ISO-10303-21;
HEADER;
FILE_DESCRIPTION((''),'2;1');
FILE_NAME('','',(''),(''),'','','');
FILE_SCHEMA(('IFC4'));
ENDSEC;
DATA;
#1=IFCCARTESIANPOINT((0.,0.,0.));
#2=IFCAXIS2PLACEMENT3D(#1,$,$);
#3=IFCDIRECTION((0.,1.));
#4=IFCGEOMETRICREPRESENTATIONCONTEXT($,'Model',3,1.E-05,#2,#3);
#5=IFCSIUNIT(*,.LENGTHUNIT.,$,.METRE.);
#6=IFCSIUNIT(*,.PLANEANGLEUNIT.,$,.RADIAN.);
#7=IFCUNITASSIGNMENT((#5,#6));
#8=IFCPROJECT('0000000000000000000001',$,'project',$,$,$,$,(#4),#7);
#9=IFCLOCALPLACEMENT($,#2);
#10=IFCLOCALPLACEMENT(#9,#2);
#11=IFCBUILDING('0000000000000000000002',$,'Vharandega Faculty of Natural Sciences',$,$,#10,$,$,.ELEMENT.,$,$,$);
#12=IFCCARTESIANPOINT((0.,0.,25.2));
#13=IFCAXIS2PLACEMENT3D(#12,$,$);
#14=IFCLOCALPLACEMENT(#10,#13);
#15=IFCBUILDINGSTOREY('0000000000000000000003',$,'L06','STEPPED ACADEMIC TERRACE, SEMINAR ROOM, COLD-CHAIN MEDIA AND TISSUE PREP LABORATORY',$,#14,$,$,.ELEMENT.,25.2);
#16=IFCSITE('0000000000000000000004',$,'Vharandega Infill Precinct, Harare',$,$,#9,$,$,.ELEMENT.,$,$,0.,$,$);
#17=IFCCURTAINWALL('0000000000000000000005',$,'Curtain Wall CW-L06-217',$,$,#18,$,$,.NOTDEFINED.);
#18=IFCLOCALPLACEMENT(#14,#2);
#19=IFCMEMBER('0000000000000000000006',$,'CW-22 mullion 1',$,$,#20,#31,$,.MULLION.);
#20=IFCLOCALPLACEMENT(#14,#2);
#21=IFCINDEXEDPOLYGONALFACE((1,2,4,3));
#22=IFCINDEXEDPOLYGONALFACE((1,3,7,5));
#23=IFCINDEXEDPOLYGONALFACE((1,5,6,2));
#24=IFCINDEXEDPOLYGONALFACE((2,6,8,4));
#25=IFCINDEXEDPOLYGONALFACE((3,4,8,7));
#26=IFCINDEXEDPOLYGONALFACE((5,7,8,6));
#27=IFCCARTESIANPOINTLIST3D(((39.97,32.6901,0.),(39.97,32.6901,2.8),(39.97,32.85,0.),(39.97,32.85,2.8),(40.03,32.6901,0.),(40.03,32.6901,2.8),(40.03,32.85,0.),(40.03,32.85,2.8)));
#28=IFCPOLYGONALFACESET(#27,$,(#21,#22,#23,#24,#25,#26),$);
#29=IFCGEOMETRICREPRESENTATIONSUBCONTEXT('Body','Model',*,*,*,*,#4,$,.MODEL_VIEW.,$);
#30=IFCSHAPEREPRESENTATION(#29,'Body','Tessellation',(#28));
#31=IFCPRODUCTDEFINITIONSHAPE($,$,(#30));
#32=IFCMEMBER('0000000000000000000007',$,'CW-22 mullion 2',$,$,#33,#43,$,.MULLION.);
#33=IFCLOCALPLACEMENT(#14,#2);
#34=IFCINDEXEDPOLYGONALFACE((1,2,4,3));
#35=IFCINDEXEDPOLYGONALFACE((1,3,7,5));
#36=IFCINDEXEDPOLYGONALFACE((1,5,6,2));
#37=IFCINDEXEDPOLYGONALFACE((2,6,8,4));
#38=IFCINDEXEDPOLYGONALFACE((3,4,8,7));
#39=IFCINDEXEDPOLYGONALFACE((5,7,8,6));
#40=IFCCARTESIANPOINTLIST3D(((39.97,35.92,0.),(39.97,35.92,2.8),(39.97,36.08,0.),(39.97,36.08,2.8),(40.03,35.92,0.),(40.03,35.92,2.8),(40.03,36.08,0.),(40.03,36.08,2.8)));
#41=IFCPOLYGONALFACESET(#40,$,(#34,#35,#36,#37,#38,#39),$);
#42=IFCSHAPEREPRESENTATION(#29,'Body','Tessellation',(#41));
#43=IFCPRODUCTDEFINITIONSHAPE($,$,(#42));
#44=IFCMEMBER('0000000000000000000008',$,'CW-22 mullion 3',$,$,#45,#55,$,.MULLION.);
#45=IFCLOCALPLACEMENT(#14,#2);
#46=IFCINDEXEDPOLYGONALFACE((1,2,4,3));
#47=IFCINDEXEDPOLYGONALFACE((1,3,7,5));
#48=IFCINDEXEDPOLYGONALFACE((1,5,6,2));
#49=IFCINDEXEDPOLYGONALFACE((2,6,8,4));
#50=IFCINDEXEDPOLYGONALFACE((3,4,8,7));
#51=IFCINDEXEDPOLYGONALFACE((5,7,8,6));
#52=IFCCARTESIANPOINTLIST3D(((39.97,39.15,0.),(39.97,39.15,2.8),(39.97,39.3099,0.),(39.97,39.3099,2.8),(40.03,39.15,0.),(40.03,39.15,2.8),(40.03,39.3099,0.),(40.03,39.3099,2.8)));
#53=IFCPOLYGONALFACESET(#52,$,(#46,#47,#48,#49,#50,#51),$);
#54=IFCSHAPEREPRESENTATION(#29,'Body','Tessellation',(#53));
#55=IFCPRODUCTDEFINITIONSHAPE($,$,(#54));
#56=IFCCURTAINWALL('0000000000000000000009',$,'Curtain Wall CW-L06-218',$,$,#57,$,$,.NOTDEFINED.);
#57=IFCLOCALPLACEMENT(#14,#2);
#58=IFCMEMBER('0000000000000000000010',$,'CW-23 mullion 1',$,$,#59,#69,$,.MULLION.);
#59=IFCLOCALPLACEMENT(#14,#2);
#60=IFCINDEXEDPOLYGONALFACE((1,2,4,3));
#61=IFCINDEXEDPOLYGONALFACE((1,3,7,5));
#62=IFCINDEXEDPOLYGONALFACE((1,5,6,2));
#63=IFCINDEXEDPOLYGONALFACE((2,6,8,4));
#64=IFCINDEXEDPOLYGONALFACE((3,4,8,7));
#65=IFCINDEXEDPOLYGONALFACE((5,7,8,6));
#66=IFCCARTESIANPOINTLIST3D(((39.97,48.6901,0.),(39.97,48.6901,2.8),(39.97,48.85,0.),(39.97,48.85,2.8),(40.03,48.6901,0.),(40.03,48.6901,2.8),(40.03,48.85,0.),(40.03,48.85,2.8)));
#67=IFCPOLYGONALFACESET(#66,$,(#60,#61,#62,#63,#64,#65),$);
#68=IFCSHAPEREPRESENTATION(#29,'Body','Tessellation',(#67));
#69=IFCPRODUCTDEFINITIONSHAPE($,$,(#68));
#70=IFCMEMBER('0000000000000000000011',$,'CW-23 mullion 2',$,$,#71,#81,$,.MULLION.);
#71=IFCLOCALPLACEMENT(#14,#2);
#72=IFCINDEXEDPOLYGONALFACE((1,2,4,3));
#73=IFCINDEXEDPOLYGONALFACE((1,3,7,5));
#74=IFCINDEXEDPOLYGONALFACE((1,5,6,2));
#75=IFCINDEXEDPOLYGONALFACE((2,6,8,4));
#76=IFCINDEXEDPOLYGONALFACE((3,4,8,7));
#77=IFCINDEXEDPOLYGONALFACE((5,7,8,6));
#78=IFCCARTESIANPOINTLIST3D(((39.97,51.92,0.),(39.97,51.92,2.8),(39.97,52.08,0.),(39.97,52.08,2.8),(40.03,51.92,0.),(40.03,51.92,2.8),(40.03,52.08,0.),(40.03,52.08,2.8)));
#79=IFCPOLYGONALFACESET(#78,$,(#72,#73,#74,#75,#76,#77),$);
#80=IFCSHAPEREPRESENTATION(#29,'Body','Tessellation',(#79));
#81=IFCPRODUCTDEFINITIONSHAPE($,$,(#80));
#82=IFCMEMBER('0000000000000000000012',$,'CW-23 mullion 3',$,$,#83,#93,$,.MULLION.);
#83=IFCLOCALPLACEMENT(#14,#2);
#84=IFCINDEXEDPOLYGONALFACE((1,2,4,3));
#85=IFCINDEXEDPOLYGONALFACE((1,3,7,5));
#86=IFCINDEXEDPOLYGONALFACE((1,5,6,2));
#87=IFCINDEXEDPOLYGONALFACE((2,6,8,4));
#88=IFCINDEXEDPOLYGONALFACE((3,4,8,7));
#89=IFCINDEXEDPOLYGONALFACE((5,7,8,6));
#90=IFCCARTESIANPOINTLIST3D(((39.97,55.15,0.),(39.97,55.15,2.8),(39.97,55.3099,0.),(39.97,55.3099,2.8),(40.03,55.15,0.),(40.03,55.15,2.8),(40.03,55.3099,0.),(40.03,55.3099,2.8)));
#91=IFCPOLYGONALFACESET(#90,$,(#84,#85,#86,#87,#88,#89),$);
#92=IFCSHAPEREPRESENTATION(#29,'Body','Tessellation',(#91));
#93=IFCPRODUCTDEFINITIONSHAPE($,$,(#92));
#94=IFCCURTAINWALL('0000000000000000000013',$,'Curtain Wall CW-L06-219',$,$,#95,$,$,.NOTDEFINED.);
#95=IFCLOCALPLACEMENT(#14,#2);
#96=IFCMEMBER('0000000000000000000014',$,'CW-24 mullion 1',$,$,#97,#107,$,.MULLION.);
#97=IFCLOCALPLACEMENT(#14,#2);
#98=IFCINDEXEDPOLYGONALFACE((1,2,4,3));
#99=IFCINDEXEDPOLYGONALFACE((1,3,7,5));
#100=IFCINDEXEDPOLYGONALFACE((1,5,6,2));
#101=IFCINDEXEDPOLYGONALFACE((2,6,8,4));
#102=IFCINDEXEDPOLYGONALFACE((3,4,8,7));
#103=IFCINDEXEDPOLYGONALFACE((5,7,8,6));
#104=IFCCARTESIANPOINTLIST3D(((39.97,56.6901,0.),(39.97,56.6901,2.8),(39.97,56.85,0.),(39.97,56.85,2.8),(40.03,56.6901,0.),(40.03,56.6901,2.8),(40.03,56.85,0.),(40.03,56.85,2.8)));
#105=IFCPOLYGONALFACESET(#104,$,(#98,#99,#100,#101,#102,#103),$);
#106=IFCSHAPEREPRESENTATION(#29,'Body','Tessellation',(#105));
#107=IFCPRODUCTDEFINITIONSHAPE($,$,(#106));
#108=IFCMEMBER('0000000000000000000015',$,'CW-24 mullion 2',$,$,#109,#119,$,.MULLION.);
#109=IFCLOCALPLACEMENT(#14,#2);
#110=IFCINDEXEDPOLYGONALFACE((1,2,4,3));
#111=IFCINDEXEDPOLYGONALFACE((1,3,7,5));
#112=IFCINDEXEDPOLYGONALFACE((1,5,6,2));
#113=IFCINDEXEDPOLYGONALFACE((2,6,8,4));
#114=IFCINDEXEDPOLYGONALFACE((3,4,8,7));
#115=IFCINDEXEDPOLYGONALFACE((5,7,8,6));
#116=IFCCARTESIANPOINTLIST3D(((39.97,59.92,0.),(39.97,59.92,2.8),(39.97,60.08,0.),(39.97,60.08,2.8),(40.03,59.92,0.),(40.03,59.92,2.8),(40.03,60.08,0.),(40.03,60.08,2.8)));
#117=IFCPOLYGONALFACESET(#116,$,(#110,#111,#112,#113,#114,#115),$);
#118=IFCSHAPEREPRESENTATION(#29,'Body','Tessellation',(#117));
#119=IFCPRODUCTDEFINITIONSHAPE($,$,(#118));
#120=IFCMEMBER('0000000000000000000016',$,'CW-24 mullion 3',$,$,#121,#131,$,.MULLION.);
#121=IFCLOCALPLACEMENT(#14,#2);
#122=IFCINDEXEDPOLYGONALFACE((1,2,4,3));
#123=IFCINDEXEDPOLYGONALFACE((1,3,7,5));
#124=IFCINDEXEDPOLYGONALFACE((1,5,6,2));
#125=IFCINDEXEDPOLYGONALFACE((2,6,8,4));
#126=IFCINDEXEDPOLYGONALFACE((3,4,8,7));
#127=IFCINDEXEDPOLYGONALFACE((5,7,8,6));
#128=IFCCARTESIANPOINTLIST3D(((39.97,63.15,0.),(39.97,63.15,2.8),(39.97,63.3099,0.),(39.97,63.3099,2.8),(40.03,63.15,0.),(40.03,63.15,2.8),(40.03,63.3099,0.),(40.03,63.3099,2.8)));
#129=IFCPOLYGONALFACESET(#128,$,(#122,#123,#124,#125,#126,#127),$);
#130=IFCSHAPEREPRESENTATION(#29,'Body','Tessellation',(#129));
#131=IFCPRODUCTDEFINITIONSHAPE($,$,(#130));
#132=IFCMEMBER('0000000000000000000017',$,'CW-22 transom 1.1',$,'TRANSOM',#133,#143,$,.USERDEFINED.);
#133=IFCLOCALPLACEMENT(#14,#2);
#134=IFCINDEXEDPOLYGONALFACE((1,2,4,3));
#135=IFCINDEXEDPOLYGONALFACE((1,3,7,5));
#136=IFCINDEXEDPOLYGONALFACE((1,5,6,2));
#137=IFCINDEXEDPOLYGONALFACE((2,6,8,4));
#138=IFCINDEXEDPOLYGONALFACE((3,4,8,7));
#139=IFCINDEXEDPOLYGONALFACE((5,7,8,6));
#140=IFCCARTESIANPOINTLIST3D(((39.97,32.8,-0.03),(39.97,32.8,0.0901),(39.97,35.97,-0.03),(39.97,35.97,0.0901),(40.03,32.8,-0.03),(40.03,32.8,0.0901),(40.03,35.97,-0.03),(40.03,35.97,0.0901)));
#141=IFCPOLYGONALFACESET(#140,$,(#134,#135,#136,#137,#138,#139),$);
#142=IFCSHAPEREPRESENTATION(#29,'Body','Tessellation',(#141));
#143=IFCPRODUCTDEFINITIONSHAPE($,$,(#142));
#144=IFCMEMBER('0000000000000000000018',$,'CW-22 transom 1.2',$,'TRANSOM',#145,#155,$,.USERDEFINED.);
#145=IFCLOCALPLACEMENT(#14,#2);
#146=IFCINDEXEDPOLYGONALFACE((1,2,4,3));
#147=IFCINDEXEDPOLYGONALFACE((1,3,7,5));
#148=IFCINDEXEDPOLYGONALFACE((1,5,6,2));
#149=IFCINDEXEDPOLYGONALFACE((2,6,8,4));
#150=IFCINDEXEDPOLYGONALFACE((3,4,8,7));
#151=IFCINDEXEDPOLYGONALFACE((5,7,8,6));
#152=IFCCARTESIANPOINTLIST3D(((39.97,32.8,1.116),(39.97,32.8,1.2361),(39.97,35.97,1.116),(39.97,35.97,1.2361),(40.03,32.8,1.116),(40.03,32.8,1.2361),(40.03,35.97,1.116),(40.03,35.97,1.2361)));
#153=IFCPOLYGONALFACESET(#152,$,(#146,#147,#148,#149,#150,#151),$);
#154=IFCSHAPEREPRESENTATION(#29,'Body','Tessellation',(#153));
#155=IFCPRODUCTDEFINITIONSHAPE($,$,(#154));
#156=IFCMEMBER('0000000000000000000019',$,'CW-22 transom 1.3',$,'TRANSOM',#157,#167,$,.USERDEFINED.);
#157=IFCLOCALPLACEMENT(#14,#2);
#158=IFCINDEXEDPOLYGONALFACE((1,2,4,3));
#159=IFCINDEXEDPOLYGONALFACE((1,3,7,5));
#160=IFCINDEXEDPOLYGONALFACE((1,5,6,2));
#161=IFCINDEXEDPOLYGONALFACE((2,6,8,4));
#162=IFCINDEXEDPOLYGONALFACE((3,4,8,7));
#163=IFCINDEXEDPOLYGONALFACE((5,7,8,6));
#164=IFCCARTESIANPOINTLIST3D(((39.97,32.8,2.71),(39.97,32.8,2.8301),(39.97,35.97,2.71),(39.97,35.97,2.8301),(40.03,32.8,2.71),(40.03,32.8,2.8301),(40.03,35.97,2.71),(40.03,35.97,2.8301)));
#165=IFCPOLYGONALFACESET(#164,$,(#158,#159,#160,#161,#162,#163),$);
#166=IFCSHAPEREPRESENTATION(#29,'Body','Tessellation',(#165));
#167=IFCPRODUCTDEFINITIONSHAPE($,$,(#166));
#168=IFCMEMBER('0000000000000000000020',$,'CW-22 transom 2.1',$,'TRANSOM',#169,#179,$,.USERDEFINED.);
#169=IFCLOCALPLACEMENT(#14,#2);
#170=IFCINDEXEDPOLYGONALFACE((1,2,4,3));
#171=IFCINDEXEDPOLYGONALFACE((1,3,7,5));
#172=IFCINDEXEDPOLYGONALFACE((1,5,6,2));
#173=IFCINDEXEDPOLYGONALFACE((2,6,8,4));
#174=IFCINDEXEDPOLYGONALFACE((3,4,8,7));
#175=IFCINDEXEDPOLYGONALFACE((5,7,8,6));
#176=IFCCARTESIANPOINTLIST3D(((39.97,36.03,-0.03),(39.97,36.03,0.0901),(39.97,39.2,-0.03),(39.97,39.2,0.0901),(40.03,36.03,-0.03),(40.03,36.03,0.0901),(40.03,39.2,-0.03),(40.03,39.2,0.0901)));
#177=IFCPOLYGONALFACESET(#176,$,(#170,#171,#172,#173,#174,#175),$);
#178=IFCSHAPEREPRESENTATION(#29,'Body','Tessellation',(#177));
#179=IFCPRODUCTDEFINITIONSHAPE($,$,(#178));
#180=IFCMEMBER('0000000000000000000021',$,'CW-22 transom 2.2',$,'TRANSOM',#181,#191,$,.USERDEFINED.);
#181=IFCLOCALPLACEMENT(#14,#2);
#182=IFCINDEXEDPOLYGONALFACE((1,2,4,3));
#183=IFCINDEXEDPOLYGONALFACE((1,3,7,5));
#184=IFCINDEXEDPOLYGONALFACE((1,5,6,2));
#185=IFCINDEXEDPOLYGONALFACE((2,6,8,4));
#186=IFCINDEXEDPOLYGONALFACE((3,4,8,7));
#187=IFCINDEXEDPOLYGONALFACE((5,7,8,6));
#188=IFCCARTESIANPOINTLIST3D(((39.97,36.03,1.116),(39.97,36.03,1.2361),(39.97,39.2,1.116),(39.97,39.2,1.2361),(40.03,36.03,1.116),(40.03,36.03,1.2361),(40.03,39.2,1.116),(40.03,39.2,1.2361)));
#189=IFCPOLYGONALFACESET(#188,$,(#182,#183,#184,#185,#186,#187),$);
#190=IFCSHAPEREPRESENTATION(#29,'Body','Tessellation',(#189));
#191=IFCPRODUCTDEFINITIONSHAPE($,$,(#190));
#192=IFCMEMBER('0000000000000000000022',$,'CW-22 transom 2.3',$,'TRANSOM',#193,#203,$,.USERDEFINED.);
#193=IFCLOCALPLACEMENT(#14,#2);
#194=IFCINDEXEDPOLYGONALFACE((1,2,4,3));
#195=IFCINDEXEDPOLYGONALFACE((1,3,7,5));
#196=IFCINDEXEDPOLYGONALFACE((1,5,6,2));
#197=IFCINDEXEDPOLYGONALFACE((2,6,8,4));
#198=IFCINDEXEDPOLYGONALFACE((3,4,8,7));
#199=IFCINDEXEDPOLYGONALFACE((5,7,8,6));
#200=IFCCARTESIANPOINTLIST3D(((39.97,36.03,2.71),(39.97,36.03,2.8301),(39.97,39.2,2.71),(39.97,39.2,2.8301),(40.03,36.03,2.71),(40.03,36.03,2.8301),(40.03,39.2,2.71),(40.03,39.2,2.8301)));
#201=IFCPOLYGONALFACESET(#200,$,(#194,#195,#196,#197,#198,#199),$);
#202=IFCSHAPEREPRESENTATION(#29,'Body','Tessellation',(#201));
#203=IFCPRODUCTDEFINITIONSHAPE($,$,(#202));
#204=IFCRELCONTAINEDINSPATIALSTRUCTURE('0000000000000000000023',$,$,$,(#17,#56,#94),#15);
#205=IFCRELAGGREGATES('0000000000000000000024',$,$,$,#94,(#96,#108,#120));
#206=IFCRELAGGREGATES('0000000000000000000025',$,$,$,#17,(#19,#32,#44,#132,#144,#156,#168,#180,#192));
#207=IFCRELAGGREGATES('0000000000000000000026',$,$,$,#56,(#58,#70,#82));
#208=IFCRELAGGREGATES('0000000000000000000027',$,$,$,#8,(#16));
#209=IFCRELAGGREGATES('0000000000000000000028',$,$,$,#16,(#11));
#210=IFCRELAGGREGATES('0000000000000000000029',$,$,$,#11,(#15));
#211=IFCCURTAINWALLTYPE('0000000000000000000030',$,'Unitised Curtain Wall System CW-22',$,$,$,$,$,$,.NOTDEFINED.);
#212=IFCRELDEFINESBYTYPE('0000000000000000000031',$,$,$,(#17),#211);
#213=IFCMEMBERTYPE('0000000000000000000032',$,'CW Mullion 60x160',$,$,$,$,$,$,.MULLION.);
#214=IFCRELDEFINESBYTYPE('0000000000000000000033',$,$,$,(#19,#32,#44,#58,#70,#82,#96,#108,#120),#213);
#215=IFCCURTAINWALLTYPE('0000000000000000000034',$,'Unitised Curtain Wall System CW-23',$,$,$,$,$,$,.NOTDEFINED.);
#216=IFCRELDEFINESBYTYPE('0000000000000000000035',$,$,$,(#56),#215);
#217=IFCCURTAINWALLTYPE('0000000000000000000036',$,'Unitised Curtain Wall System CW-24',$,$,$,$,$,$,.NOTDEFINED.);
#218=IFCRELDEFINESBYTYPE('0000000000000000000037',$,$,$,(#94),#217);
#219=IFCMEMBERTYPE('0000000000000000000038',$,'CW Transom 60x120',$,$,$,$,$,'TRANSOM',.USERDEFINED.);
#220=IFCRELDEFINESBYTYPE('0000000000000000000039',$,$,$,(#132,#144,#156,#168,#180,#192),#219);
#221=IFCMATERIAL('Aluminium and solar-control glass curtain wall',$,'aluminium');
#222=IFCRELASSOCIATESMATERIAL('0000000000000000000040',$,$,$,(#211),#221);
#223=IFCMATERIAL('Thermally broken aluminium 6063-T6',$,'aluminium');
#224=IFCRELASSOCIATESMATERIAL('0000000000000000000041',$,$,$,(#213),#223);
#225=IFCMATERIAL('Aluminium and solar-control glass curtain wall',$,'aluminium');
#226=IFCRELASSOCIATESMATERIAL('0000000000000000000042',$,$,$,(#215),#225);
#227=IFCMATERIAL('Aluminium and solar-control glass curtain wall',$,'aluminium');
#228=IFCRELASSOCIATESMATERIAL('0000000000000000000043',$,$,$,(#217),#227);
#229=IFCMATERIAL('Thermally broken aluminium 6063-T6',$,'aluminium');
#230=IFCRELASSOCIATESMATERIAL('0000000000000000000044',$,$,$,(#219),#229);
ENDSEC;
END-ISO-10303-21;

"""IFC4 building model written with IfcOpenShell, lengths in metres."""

from ifc_helpers import new_model, si_unit, direction, frame, origin, origin_2d, place, context, subcontext, project, spatial, rectangle, extrude, material, material_profile, profile_set, type_object, element, aggregate, save


model = new_model("IFC4")

# Units and contexts
model_context = context("Model", 3, precision=1e-05, world=origin(), true_north=direction((0.0, 1.0)))
body_context = subcontext(model_context, "Body", "Model", "MODEL_VIEW")
ifc_project = project(units=[si_unit("LENGTHUNIT", "METRE"), si_unit("PLANEANGLEUNIT", "RADIAN")], contexts=[model_context])

# Site, building, storey
site_placement = place(None, origin())
site = spatial("IfcSite", under=ifc_project, at=site_placement, Name="Vharandega Infill Precinct, Harare", CompositionType="ELEMENT", RefElevation=0.0)
building_placement = place(site_placement, origin())
building = spatial("IfcBuilding", under=site, at=building_placement, Name="Vharandega Faculty of Natural Sciences", CompositionType="ELEMENT")
storey_placement = place(building_placement, frame((0.0, 0.0, 25.2)))
storey = spatial("IfcBuildingStorey", under=building, at=storey_placement, Name="L06", Description="STEPPED ACADEMIC TERRACE, SEMINAR ROOM, COLD-CHAIN MEDIA AND TISSUE PREP LABORATORY", CompositionType="ELEMENT", Elevation=25.2)

# Curtain walls, members
ifc_material_1 = material(Name="Aluminium and solar-control glass curtain wall", Category="aluminium")
curtain_wall_type_1 = type_object("IfcCurtainWallType", Name="Unitised Curtain Wall System CW-22", PredefinedType="NOTDEFINED", material=ifc_material_1)
curtain_wall_1_placement = place(storey_placement, origin())
curtain_wall_1 = element("IfcCurtainWall", 1, at=curtain_wall_1_placement, inside=storey, type_object=curtain_wall_type_1, Name="Curtain Wall CW-L06-217", PredefinedType="NOTDEFINED")
ifc_material_2 = material(Name="Thermally broken aluminium 6063-T6", Category="aluminium")
ifc_material_profile_1 = material_profile(ifc_material_2, rectangle(XDim=0.0601, YDim=0.1599, at=origin_2d()), Name="ALU 60x160")
ifc_profile_set_1 = profile_set([ifc_material_profile_1], Name="Thermally broken aluminium 6063-T6")
member_type_1 = type_object("IfcMemberType", Name="CW Mullion 60x160", PredefinedType="MULLION", material=ifc_profile_set_1)
member_1_placement = place(storey_placement, frame((40.0, 32.77, 0.0), z_axis=(0.0, 0.0, 1.0), x_axis=(-1.0, 0.0, 0.0)))
member_1 = element("IfcMember", 2, at=member_1_placement, type_object=member_type_1, Name="CW-22 mullion 1", PredefinedType="MULLION", context=body_context, shape_type="SweptSolid", body=[
    extrude(rectangle(XDim=0.0601, YDim=0.1599, at=origin_2d()), origin(), (0.0, 0.0, 1.0), 2.8),
])
member_2_placement = place(storey_placement, frame((40.0, 36.0, 0.0), z_axis=(0.0, 0.0, 1.0), x_axis=(-1.0, 0.0, 0.0)))
member_2 = element("IfcMember", 3, at=member_2_placement, type_object=member_type_1, Name="CW-22 mullion 2", PredefinedType="MULLION", context=body_context, shape_type="SweptSolid", body=[
    extrude(rectangle(XDim=0.0601, YDim=0.1599, at=origin_2d()), origin(), (0.0, 0.0, 1.0), 2.8),
])
member_3_placement = place(storey_placement, frame((40.0, 39.23, 0.0), z_axis=(0.0, 0.0, 1.0), x_axis=(-1.0, 0.0, 0.0)))
member_3 = element("IfcMember", 4, at=member_3_placement, type_object=member_type_1, Name="CW-22 mullion 3", PredefinedType="MULLION", context=body_context, shape_type="SweptSolid", body=[
    extrude(rectangle(XDim=0.0601, YDim=0.1599, at=origin_2d()), origin(), (0.0, 0.0, 1.0), 2.8),
])
ifc_material_3 = material(Name="Aluminium and solar-control glass curtain wall", Category="aluminium")
curtain_wall_type_2 = type_object("IfcCurtainWallType", Name="Unitised Curtain Wall System CW-23", PredefinedType="NOTDEFINED", material=ifc_material_3)
curtain_wall_2_placement = place(storey_placement, origin())
curtain_wall_2 = element("IfcCurtainWall", 5, at=curtain_wall_2_placement, inside=storey, type_object=curtain_wall_type_2, Name="Curtain Wall CW-L06-218", PredefinedType="NOTDEFINED")
member_4_placement = place(storey_placement, frame((40.0, 48.77, 0.0), z_axis=(0.0, 0.0, 1.0), x_axis=(-1.0, 0.0, 0.0)))
member_4 = element("IfcMember", 6, at=member_4_placement, type_object=member_type_1, Name="CW-23 mullion 1", PredefinedType="MULLION", context=body_context, shape_type="SweptSolid", body=[
    extrude(rectangle(XDim=0.0601, YDim=0.1599, at=origin_2d()), origin(), (0.0, 0.0, 1.0), 2.8),
])
member_5_placement = place(storey_placement, frame((40.0, 52.0, 0.0), z_axis=(0.0, 0.0, 1.0), x_axis=(-1.0, 0.0, 0.0)))
member_5 = element("IfcMember", 7, at=member_5_placement, type_object=member_type_1, Name="CW-23 mullion 2", PredefinedType="MULLION", context=body_context, shape_type="SweptSolid", body=[
    extrude(rectangle(XDim=0.0601, YDim=0.1599, at=origin_2d()), origin(), (0.0, 0.0, 1.0), 2.8),
])
member_6_placement = place(storey_placement, frame((40.0, 55.23, 0.0), z_axis=(0.0, 0.0, 1.0), x_axis=(-1.0, 0.0, 0.0)))
member_6 = element("IfcMember", 8, at=member_6_placement, type_object=member_type_1, Name="CW-23 mullion 3", PredefinedType="MULLION", context=body_context, shape_type="SweptSolid", body=[
    extrude(rectangle(XDim=0.0601, YDim=0.1599, at=origin_2d()), origin(), (0.0, 0.0, 1.0), 2.8),
])
ifc_material_4 = material(Name="Aluminium and solar-control glass curtain wall", Category="aluminium")
curtain_wall_type_3 = type_object("IfcCurtainWallType", Name="Unitised Curtain Wall System CW-24", PredefinedType="NOTDEFINED", material=ifc_material_4)
curtain_wall_3_placement = place(storey_placement, origin())
curtain_wall_3 = element("IfcCurtainWall", 9, at=curtain_wall_3_placement, inside=storey, type_object=curtain_wall_type_3, Name="Curtain Wall CW-L06-219", PredefinedType="NOTDEFINED")
member_7_placement = place(storey_placement, frame((40.0, 56.77, 0.0), z_axis=(0.0, 0.0, 1.0), x_axis=(-1.0, 0.0, 0.0)))
member_7 = element("IfcMember", 10, at=member_7_placement, type_object=member_type_1, Name="CW-24 mullion 1", PredefinedType="MULLION", context=body_context, shape_type="SweptSolid", body=[
    extrude(rectangle(XDim=0.0601, YDim=0.1599, at=origin_2d()), origin(), (0.0, 0.0, 1.0), 2.8),
])
member_8_placement = place(storey_placement, frame((40.0, 60.0, 0.0), z_axis=(0.0, 0.0, 1.0), x_axis=(-1.0, 0.0, 0.0)))
member_8 = element("IfcMember", 11, at=member_8_placement, type_object=member_type_1, Name="CW-24 mullion 2", PredefinedType="MULLION", context=body_context, shape_type="SweptSolid", body=[
    extrude(rectangle(XDim=0.0601, YDim=0.1599, at=origin_2d()), origin(), (0.0, 0.0, 1.0), 2.8),
])
member_9_placement = place(storey_placement, frame((40.0, 63.23, 0.0), z_axis=(0.0, 0.0, 1.0), x_axis=(-1.0, 0.0, 0.0)))
member_9 = element("IfcMember", 12, at=member_9_placement, type_object=member_type_1, Name="CW-24 mullion 3", PredefinedType="MULLION", context=body_context, shape_type="SweptSolid", body=[
    extrude(rectangle(XDim=0.0601, YDim=0.1599, at=origin_2d()), origin(), (0.0, 0.0, 1.0), 2.8),
])

# Members
ifc_material_5 = material(Name="Thermally broken aluminium 6063-T6", Category="aluminium")
ifc_material_profile_2 = material_profile(ifc_material_5, rectangle(XDim=0.0601, YDim=0.1201, at=origin_2d()), Name="ALU 60x120")
ifc_profile_set_2 = profile_set([ifc_material_profile_2], Name="Thermally broken aluminium 6063-T6")
member_type_2 = type_object("IfcMemberType", Name="CW Transom 60x120", ElementType="TRANSOM", PredefinedType="USERDEFINED", material=ifc_profile_set_2)
member_10_placement = place(storey_placement, frame((40.0, 32.8, 0.03), z_axis=(0.0, 1.0, 0.0), x_axis=(-1.0, 0.0, 0.0)))
member_10 = element("IfcMember", 13, at=member_10_placement, type_object=member_type_2, Name="CW-22 transom 1.1", ObjectType="TRANSOM", PredefinedType="USERDEFINED", context=body_context, shape_type="SweptSolid", body=[
    extrude(rectangle(XDim=0.0601, YDim=0.1201, at=origin_2d()), origin(), (0.0, 0.0, 1.0), 3.1699),
])
member_11_placement = place(storey_placement, frame((40.0, 32.8, 1.176), z_axis=(0.0, 1.0, 0.0), x_axis=(-1.0, 0.0, 0.0)))
member_11 = element("IfcMember", 14, at=member_11_placement, type_object=member_type_2, Name="CW-22 transom 1.2", ObjectType="TRANSOM", PredefinedType="USERDEFINED", context=body_context, shape_type="SweptSolid", body=[
    extrude(rectangle(XDim=0.0601, YDim=0.1201, at=origin_2d()), origin(), (0.0, 0.0, 1.0), 3.1699),
])
member_12_placement = place(storey_placement, frame((40.0, 32.8, 2.77), z_axis=(0.0, 1.0, 0.0), x_axis=(-1.0, 0.0, 0.0)))
member_12 = element("IfcMember", 15, at=member_12_placement, type_object=member_type_2, Name="CW-22 transom 1.3", ObjectType="TRANSOM", PredefinedType="USERDEFINED", context=body_context, shape_type="SweptSolid", body=[
    extrude(rectangle(XDim=0.0601, YDim=0.1201, at=origin_2d()), origin(), (0.0, 0.0, 1.0), 3.1699),
])
member_13_placement = place(storey_placement, frame((40.0, 36.03, 0.03), z_axis=(0.0, 1.0, 0.0), x_axis=(-1.0, 0.0, 0.0)))
member_13 = element("IfcMember", 16, at=member_13_placement, type_object=member_type_2, Name="CW-22 transom 2.1", ObjectType="TRANSOM", PredefinedType="USERDEFINED", context=body_context, shape_type="SweptSolid", body=[
    extrude(rectangle(XDim=0.0601, YDim=0.1201, at=origin_2d()), origin(), (0.0, 0.0, 1.0), 3.1699),
])
member_14_placement = place(storey_placement, frame((40.0, 36.03, 1.176), z_axis=(0.0, 1.0, 0.0), x_axis=(-1.0, 0.0, 0.0)))
member_14 = element("IfcMember", 17, at=member_14_placement, type_object=member_type_2, Name="CW-22 transom 2.2", ObjectType="TRANSOM", PredefinedType="USERDEFINED", context=body_context, shape_type="SweptSolid", body=[
    extrude(rectangle(XDim=0.0601, YDim=0.1201, at=origin_2d()), origin(), (0.0, 0.0, 1.0), 3.1699),
])
member_15_placement = place(storey_placement, frame((40.0, 36.03, 2.77), z_axis=(0.0, 1.0, 0.0), x_axis=(-1.0, 0.0, 0.0)))
member_15 = element("IfcMember", 18, at=member_15_placement, type_object=member_type_2, Name="CW-22 transom 2.3", ObjectType="TRANSOM", PredefinedType="USERDEFINED", context=body_context, shape_type="SweptSolid", body=[
    extrude(rectangle(XDim=0.0601, YDim=0.1201, at=origin_2d()), origin(), (0.0, 0.0, 1.0), 3.1699),
])
aggregate(curtain_wall_3, [member_7, member_8, member_9])

aggregate(curtain_wall_1, [member_1, member_2, member_3, member_10, member_11, member_12, member_13, member_14, member_15])
aggregate(curtain_wall_2, [member_4, member_5, member_6])

save(model, "model.ifc")
